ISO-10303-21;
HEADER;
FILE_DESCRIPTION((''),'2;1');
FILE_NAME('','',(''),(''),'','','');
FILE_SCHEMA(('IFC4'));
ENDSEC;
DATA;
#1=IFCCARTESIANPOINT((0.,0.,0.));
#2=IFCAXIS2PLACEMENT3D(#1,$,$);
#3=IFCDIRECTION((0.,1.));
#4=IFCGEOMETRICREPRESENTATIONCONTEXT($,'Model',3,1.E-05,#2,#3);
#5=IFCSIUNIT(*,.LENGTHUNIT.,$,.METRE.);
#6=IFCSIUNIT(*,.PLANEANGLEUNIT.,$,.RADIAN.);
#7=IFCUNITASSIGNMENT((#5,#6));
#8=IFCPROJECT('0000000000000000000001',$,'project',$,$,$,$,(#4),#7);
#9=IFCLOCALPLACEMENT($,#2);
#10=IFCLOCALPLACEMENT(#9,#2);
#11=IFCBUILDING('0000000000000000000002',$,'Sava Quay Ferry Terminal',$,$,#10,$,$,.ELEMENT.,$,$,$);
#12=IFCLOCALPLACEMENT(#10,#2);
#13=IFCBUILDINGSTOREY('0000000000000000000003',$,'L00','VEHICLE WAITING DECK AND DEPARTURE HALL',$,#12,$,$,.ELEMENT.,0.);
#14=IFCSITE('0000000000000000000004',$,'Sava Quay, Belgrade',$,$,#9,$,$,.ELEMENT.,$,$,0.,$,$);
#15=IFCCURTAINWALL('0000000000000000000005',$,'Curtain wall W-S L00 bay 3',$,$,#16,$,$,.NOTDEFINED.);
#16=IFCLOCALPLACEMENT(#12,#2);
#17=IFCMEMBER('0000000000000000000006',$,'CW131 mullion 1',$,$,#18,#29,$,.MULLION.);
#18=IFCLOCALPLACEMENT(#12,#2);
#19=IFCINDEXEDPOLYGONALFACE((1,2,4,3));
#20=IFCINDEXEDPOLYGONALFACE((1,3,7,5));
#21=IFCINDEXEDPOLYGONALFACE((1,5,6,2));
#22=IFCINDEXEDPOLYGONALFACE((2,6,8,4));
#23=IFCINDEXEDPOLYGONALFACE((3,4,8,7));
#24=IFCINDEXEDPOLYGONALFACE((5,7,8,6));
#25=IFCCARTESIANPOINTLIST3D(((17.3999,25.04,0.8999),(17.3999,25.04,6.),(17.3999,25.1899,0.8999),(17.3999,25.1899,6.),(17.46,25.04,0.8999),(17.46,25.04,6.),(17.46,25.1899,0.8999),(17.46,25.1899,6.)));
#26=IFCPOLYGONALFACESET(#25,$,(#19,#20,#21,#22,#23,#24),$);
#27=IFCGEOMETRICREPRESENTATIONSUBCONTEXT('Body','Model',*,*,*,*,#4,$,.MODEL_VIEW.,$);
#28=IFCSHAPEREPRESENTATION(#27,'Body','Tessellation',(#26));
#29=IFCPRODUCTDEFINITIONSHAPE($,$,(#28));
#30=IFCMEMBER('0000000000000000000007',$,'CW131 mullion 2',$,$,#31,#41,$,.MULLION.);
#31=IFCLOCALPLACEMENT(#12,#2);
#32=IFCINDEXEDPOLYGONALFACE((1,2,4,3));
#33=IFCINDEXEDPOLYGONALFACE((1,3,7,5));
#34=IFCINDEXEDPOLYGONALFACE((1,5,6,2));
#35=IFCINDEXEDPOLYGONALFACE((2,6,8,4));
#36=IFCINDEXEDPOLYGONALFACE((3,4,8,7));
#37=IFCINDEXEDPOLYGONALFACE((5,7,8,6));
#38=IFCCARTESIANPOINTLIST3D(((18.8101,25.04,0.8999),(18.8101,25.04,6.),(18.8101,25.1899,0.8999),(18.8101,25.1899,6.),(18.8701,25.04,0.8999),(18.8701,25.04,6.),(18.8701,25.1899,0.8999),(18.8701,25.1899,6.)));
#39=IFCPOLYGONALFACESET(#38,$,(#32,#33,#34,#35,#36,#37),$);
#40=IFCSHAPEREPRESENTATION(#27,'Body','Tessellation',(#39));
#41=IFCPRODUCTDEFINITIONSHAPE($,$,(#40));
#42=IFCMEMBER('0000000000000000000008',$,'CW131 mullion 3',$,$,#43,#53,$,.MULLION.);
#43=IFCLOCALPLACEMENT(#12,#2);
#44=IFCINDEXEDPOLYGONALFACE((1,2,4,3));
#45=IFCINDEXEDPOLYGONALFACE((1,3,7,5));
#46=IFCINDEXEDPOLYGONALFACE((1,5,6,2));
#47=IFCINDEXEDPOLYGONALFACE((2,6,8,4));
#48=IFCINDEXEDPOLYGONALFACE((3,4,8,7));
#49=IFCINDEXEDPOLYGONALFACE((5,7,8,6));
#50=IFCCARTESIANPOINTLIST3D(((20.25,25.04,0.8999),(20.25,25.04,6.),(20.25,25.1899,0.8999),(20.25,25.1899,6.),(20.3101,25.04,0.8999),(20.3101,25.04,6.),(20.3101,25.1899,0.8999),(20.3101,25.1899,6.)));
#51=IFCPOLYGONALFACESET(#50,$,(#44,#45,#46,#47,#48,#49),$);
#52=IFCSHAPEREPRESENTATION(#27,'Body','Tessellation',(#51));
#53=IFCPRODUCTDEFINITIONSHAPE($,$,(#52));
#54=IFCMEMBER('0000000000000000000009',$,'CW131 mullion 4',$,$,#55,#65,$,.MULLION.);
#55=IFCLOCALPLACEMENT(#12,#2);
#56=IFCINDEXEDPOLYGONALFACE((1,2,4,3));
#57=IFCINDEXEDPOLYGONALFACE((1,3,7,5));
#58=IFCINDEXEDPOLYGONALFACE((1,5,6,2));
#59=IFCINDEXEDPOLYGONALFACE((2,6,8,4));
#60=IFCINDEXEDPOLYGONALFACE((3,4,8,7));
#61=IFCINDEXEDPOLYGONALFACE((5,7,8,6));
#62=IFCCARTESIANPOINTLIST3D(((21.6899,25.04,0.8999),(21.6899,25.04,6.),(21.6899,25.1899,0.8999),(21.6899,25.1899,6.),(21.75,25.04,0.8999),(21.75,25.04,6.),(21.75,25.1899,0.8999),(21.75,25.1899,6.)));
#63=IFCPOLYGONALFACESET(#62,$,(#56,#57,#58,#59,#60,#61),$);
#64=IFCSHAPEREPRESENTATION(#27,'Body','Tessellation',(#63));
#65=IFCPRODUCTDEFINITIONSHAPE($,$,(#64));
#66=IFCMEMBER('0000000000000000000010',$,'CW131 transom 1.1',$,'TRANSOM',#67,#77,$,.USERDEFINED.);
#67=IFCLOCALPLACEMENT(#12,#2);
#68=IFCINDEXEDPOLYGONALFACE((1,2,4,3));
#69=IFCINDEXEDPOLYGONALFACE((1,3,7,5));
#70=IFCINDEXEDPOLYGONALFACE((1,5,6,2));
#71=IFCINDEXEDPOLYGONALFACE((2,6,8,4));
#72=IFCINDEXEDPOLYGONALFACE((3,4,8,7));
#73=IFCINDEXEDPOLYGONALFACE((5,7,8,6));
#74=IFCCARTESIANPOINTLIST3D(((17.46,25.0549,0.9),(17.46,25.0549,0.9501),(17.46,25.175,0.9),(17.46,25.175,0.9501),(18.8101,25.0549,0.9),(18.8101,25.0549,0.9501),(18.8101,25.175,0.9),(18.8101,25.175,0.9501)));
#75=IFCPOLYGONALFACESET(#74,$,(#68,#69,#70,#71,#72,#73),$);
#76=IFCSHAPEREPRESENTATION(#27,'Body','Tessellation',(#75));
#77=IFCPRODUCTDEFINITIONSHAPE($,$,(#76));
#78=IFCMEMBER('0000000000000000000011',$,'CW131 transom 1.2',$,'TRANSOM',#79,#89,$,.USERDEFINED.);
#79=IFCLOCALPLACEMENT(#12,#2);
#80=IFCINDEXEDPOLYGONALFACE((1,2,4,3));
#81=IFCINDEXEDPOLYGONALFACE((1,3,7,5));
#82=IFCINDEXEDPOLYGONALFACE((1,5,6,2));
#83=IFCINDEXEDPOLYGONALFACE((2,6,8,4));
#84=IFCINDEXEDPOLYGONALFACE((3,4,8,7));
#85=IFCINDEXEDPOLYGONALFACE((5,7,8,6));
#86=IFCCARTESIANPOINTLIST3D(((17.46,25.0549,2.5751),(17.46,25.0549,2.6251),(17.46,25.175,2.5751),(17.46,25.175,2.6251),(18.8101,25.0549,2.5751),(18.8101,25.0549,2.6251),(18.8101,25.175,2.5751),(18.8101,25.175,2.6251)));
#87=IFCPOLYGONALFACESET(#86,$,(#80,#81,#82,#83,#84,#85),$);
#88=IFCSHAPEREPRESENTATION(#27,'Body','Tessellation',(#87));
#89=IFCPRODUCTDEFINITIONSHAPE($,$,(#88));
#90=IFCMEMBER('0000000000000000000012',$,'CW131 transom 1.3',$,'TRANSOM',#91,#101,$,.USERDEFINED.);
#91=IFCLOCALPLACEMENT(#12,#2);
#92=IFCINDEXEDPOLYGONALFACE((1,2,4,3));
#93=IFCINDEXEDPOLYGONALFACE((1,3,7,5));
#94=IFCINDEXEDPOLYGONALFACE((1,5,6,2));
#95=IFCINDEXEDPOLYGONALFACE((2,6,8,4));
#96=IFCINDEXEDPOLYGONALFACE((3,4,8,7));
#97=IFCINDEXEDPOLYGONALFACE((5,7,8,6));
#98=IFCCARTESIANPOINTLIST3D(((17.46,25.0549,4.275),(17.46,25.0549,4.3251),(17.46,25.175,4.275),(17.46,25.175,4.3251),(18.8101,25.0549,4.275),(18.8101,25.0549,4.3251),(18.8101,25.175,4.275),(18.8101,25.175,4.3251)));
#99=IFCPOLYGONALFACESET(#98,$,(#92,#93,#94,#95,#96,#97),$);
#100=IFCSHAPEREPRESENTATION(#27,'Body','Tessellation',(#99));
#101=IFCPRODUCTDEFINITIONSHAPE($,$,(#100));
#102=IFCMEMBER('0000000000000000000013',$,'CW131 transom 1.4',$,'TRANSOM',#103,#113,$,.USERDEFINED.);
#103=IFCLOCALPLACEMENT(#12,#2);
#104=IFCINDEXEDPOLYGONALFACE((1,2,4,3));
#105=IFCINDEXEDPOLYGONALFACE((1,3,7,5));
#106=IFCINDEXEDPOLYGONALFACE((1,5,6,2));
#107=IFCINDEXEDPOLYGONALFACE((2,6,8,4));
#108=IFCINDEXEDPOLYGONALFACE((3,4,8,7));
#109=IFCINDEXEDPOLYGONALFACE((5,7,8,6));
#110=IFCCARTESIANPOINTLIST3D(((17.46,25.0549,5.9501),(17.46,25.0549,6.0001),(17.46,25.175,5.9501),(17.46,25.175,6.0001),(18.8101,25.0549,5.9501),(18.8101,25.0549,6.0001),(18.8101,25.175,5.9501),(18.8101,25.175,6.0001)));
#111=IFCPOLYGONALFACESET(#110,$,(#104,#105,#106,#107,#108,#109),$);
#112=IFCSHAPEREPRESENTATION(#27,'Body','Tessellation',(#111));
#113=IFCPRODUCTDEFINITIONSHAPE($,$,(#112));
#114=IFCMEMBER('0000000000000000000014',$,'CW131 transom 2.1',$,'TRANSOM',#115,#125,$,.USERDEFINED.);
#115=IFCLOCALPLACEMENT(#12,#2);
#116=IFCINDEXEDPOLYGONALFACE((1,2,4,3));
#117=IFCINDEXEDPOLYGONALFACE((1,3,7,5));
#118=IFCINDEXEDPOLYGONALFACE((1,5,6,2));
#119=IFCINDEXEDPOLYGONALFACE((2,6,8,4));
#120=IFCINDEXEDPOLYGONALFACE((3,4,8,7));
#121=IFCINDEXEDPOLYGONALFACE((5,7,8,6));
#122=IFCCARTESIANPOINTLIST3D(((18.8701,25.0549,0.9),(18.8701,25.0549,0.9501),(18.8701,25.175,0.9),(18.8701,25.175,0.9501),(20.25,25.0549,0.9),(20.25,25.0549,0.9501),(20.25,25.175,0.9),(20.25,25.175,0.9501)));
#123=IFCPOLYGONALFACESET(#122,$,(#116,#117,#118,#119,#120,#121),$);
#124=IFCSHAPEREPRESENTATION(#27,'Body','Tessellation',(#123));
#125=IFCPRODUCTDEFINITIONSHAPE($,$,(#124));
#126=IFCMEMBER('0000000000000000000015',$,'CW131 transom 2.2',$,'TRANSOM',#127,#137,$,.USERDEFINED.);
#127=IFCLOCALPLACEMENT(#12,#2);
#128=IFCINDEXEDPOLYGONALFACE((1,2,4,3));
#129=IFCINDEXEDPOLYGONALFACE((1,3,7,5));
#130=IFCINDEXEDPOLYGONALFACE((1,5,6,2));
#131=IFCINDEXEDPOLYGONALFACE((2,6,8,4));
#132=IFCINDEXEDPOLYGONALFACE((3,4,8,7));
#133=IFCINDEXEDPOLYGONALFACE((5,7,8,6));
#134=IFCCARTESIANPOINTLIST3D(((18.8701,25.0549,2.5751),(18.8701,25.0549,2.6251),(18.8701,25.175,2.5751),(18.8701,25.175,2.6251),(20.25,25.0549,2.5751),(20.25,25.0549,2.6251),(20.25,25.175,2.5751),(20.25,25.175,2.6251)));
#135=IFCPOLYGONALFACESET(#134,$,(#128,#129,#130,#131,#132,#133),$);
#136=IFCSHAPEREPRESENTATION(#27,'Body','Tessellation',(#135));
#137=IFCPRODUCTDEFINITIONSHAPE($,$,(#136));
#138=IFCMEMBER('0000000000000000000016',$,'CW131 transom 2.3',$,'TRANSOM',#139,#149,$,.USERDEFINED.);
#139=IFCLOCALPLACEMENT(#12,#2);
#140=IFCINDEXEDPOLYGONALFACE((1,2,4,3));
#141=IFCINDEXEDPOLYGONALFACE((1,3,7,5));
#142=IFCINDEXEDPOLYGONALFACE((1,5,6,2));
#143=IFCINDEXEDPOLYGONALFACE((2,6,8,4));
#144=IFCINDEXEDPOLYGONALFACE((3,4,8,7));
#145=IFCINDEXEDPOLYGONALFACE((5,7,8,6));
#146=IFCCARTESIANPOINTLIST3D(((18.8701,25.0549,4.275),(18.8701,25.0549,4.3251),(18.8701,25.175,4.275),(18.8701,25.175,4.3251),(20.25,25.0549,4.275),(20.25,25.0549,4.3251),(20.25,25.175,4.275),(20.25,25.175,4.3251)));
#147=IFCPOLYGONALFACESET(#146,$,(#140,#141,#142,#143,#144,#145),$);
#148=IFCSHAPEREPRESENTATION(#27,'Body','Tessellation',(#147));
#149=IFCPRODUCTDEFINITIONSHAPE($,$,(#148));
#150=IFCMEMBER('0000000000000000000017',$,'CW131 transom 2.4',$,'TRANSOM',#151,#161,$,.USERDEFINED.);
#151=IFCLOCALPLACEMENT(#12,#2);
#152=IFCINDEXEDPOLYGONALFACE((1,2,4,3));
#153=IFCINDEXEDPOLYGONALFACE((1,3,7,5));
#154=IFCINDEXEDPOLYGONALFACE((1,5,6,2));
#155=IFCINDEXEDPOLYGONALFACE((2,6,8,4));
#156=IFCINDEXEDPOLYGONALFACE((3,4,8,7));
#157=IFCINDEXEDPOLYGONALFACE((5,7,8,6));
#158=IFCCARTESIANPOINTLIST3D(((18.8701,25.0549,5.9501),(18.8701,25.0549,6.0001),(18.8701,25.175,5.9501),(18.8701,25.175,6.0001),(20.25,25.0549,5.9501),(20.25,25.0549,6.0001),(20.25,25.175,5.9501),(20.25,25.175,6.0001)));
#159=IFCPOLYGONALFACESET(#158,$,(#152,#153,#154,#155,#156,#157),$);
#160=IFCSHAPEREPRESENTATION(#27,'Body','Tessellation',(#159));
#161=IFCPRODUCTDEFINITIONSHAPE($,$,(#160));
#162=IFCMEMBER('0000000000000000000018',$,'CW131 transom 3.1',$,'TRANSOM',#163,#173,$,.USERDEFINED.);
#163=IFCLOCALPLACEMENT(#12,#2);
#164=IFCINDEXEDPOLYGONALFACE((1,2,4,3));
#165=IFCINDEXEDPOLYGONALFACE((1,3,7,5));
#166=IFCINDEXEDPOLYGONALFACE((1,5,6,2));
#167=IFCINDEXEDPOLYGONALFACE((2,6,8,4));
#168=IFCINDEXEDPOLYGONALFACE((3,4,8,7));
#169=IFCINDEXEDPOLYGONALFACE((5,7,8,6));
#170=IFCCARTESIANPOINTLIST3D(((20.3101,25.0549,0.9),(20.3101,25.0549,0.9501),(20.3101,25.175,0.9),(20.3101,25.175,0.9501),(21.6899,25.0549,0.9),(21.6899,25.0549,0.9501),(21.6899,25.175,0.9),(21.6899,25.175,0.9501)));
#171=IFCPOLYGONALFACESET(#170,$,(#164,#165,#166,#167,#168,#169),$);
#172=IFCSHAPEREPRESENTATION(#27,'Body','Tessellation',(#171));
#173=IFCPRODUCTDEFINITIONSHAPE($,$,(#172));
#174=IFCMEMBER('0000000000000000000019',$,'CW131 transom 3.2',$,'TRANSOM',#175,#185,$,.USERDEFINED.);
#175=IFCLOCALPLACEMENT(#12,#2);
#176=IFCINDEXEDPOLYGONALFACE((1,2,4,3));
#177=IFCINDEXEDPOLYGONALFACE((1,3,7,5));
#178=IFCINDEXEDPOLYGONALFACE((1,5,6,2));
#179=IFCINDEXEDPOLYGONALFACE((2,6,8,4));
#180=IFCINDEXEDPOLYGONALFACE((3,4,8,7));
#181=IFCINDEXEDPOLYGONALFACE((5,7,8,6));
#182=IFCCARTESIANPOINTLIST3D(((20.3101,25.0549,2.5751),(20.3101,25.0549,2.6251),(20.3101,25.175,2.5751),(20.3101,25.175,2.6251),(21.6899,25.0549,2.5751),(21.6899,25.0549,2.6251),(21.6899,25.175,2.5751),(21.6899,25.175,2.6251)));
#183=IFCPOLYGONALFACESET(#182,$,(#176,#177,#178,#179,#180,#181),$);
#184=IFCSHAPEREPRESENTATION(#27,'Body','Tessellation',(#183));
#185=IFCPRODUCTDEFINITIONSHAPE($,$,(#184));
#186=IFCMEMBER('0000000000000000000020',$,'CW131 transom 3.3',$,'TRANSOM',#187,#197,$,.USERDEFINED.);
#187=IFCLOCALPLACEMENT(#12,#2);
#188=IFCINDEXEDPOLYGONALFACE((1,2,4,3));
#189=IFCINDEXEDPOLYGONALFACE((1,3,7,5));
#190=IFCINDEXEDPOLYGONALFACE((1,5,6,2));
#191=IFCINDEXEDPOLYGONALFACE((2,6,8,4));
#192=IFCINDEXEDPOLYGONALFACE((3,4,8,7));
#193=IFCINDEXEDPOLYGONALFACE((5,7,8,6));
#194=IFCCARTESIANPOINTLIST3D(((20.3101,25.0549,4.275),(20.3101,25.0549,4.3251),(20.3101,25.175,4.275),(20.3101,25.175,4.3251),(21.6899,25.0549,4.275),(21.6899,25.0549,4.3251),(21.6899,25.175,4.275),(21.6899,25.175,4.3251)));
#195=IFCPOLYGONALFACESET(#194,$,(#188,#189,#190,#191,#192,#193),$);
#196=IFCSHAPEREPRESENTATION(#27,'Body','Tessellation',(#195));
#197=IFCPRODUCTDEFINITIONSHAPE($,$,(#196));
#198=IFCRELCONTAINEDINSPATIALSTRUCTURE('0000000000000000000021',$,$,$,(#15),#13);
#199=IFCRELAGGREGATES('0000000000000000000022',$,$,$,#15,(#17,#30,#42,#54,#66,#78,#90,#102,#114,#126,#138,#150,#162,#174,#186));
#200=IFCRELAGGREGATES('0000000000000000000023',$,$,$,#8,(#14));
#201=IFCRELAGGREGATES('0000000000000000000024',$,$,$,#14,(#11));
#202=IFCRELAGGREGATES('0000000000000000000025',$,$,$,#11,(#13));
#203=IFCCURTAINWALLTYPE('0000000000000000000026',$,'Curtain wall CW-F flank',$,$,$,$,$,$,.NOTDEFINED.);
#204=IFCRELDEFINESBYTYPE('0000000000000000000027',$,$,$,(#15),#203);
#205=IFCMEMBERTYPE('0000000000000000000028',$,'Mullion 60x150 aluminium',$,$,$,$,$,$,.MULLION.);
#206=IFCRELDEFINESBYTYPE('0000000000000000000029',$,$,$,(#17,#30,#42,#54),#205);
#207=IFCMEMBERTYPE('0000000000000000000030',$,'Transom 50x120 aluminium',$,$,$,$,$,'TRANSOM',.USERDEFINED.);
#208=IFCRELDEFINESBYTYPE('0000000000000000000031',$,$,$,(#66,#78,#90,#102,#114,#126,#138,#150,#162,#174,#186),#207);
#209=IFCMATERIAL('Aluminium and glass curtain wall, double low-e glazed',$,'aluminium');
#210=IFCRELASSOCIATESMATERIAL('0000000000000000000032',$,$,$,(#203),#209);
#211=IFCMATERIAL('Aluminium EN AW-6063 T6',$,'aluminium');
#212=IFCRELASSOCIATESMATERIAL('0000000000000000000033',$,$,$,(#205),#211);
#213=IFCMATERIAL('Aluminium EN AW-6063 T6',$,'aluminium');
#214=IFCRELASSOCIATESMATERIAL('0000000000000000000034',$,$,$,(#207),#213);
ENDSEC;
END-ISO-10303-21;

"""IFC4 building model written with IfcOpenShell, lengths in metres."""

from ifc_helpers import new_model, si_unit, direction, frame, origin, origin_2d, place, context, subcontext, project, spatial, rectangle, extrude, material, material_profile, profile_set, type_object, element, aggregate, save


model = new_model("IFC4")

# Units and contexts
model_context = context("Model", 3, precision=1e-05, world=origin(), true_north=direction((0.0, 1.0)))
body_context = subcontext(model_context, "Body", "Model", "MODEL_VIEW")
ifc_project = project(units=[si_unit("LENGTHUNIT", "METRE"), si_unit("PLANEANGLEUNIT", "RADIAN")], contexts=[model_context])

# Site, building, storey
site_placement = place(None, origin())
site = spatial("IfcSite", under=ifc_project, at=site_placement, Name="Sava Quay, Belgrade", CompositionType="ELEMENT", RefElevation=0.0)
building_placement = place(site_placement, origin())
building = spatial("IfcBuilding", under=site, at=building_placement, Name="Sava Quay Ferry Terminal", CompositionType="ELEMENT")
storey_placement = place(building_placement, origin())
storey = spatial("IfcBuildingStorey", under=building, at=storey_placement, Name="L00", Description="VEHICLE WAITING DECK AND DEPARTURE HALL", CompositionType="ELEMENT", Elevation=0.0)

# Curtain wall, members
ifc_material_1 = material(Name="Aluminium and glass curtain wall, double low-e glazed", Category="aluminium")
curtain_wall_type = type_object("IfcCurtainWallType", Name="Curtain wall CW-F flank", PredefinedType="NOTDEFINED", material=ifc_material_1)
curtain_wall_placement = place(storey_placement, origin())
curtain_wall = element("IfcCurtainWall", 1, at=curtain_wall_placement, inside=storey, type_object=curtain_wall_type, Name="Curtain wall W-S L00 bay 3", PredefinedType="NOTDEFINED")
ifc_material_2 = material(Name="Aluminium EN AW-6063 T6", Category="aluminium")
ifc_material_profile_1 = material_profile(ifc_material_2, rectangle(XDim=0.1499, YDim=0.0601, at=origin_2d()), Name="Mullion 60x150 aluminium")
ifc_profile_set_1 = profile_set([ifc_material_profile_1], Name="Aluminium EN AW-6063 T6")
member_type_1 = type_object("IfcMemberType", Name="Mullion 60x150 aluminium", PredefinedType="MULLION", material=ifc_profile_set_1)
member_1_placement = place(storey_placement, frame((17.4299, 25.115, 0.8999), z_axis=(0.0, 0.0, 1.0), x_axis=(0.0, 1.0, 0.0)))
member_1 = element("IfcMember", 2, at=member_1_placement, type_object=member_type_1, Name="CW131 mullion 1", PredefinedType="MULLION", context=body_context, shape_type="SweptSolid", body=[
    extrude(rectangle(XDim=0.1499, YDim=0.0601, at=origin_2d()), origin(), (0.0, 0.0, 1.0), 5.1001),
])
member_2_placement = place(storey_placement, frame((18.8401, 25.115, 0.8999), z_axis=(0.0, 0.0, 1.0), x_axis=(0.0, 1.0, 0.0)))
member_2 = element("IfcMember", 3, at=member_2_placement, type_object=member_type_1, Name="CW131 mullion 2", PredefinedType="MULLION", context=body_context, shape_type="SweptSolid", body=[
    extrude(rectangle(XDim=0.1499, YDim=0.0601, at=origin_2d()), origin(), (0.0, 0.0, 1.0), 5.1001),
])
member_3_placement = place(storey_placement, frame((20.28, 25.115, 0.8999), z_axis=(0.0, 0.0, 1.0), x_axis=(0.0, 1.0, 0.0)))
member_3 = element("IfcMember", 4, at=member_3_placement, type_object=member_type_1, Name="CW131 mullion 3", PredefinedType="MULLION", context=body_context, shape_type="SweptSolid", body=[
    extrude(rectangle(XDim=0.1499, YDim=0.0601, at=origin_2d()), origin(), (0.0, 0.0, 1.0), 5.1001),
])
member_4_placement = place(storey_placement, frame((21.72, 25.115, 0.8999), z_axis=(0.0, 0.0, 1.0), x_axis=(0.0, 1.0, 0.0)))
member_4 = element("IfcMember", 5, at=member_4_placement, type_object=member_type_1, Name="CW131 mullion 4", PredefinedType="MULLION", context=body_context, shape_type="SweptSolid", body=[
    extrude(rectangle(XDim=0.1499, YDim=0.0601, at=origin_2d()), origin(), (0.0, 0.0, 1.0), 5.1001),
])
ifc_material_3 = material(Name="Aluminium EN AW-6063 T6", Category="aluminium")
ifc_material_profile_2 = material_profile(ifc_material_3, rectangle(XDim=0.1201, YDim=0.05, at=origin_2d()), Name="Transom 50x120 aluminium")
ifc_profile_set_2 = profile_set([ifc_material_profile_2], Name="Aluminium EN AW-6063 T6")
member_type_2 = type_object("IfcMemberType", Name="Transom 50x120 aluminium", ElementType="TRANSOM", PredefinedType="USERDEFINED", material=ifc_profile_set_2)
member_5_placement = place(storey_placement, frame((17.46, 25.115, 0.925), z_axis=(1.0, 0.0, 0.0), x_axis=(0.0, 1.0, 0.0)))
member_5 = element("IfcMember", 6, at=member_5_placement, type_object=member_type_2, Name="CW131 transom 1.1", ObjectType="TRANSOM", PredefinedType="USERDEFINED", context=body_context, shape_type="SweptSolid", body=[
    extrude(rectangle(XDim=0.1201, YDim=0.05, at=origin_2d()), origin(), (0.0, 0.0, 1.0), 1.3501),
])
member_6_placement = place(storey_placement, frame((17.46, 25.115, 2.6001), z_axis=(1.0, 0.0, 0.0), x_axis=(0.0, 1.0, 0.0)))
member_6 = element("IfcMember", 7, at=member_6_placement, type_object=member_type_2, Name="CW131 transom 1.2", ObjectType="TRANSOM", PredefinedType="USERDEFINED", context=body_context, shape_type="SweptSolid", body=[
    extrude(rectangle(XDim=0.1201, YDim=0.05, at=origin_2d()), origin(), (0.0, 0.0, 1.0), 1.3501),
])
member_7_placement = place(storey_placement, frame((17.46, 25.115, 4.3), z_axis=(1.0, 0.0, 0.0), x_axis=(0.0, 1.0, 0.0)))
member_7 = element("IfcMember", 8, at=member_7_placement, type_object=member_type_2, Name="CW131 transom 1.3", ObjectType="TRANSOM", PredefinedType="USERDEFINED", context=body_context, shape_type="SweptSolid", body=[
    extrude(rectangle(XDim=0.1201, YDim=0.05, at=origin_2d()), origin(), (0.0, 0.0, 1.0), 1.3501),
])
member_8_placement = place(storey_placement, frame((17.46, 25.115, 5.9751), z_axis=(1.0, 0.0, 0.0), x_axis=(0.0, 1.0, 0.0)))
member_8 = element("IfcMember", 9, at=member_8_placement, type_object=member_type_2, Name="CW131 transom 1.4", ObjectType="TRANSOM", PredefinedType="USERDEFINED", context=body_context, shape_type="SweptSolid", body=[
    extrude(rectangle(XDim=0.1201, YDim=0.05, at=origin_2d()), origin(), (0.0, 0.0, 1.0), 1.3501),
])
member_9_placement = place(storey_placement, frame((18.8701, 25.115, 0.925), z_axis=(1.0, 0.0, 0.0), x_axis=(0.0, 1.0, 0.0)))
member_9 = element("IfcMember", 10, at=member_9_placement, type_object=member_type_2, Name="CW131 transom 2.1", ObjectType="TRANSOM", PredefinedType="USERDEFINED", context=body_context, shape_type="SweptSolid", body=[
    extrude(rectangle(XDim=0.1201, YDim=0.05, at=origin_2d()), origin(), (0.0, 0.0, 1.0), 1.3799),
])
member_10_placement = place(storey_placement, frame((18.8701, 25.115, 2.6001), z_axis=(1.0, 0.0, 0.0), x_axis=(0.0, 1.0, 0.0)))
member_10 = element("IfcMember", 11, at=member_10_placement, type_object=member_type_2, Name="CW131 transom 2.2", ObjectType="TRANSOM", PredefinedType="USERDEFINED", context=body_context, shape_type="SweptSolid", body=[
    extrude(rectangle(XDim=0.1201, YDim=0.05, at=origin_2d()), origin(), (0.0, 0.0, 1.0), 1.3799),
])
member_11_placement = place(storey_placement, frame((18.8701, 25.115, 4.3), z_axis=(1.0, 0.0, 0.0), x_axis=(0.0, 1.0, 0.0)))
member_11 = element("IfcMember", 12, at=member_11_placement, type_object=member_type_2, Name="CW131 transom 2.3", ObjectType="TRANSOM", PredefinedType="USERDEFINED", context=body_context, shape_type="SweptSolid", body=[
    extrude(rectangle(XDim=0.1201, YDim=0.05, at=origin_2d()), origin(), (0.0, 0.0, 1.0), 1.3799),
])
member_12_placement = place(storey_placement, frame((18.8701, 25.115, 5.9751), z_axis=(1.0, 0.0, 0.0), x_axis=(0.0, 1.0, 0.0)))
member_12 = element("IfcMember", 13, at=member_12_placement, type_object=member_type_2, Name="CW131 transom 2.4", ObjectType="TRANSOM", PredefinedType="USERDEFINED", context=body_context, shape_type="SweptSolid", body=[
    extrude(rectangle(XDim=0.1201, YDim=0.05, at=origin_2d()), origin(), (0.0, 0.0, 1.0), 1.3799),
])
member_13_placement = place(storey_placement, frame((20.3101, 25.115, 0.925), z_axis=(1.0, 0.0, 0.0), x_axis=(0.0, 1.0, 0.0)))
member_13 = element("IfcMember", 14, at=member_13_placement, type_object=member_type_2, Name="CW131 transom 3.1", ObjectType="TRANSOM", PredefinedType="USERDEFINED", context=body_context, shape_type="SweptSolid", body=[
    extrude(rectangle(XDim=0.1201, YDim=0.05, at=origin_2d()), origin(), (0.0, 0.0, 1.0), 1.3799),
])
member_14_placement = place(storey_placement, frame((20.3101, 25.115, 2.6001), z_axis=(1.0, 0.0, 0.0), x_axis=(0.0, 1.0, 0.0)))
member_14 = element("IfcMember", 15, at=member_14_placement, type_object=member_type_2, Name="CW131 transom 3.2", ObjectType="TRANSOM", PredefinedType="USERDEFINED", context=body_context, shape_type="SweptSolid", body=[
    extrude(rectangle(XDim=0.1201, YDim=0.05, at=origin_2d()), origin(), (0.0, 0.0, 1.0), 1.3799),
])
member_15_placement = place(storey_placement, frame((20.3101, 25.115, 4.3), z_axis=(1.0, 0.0, 0.0), x_axis=(0.0, 1.0, 0.0)))
member_15 = element("IfcMember", 16, at=member_15_placement, type_object=member_type_2, Name="CW131 transom 3.3", ObjectType="TRANSOM", PredefinedType="USERDEFINED", context=body_context, shape_type="SweptSolid", body=[
    extrude(rectangle(XDim=0.1201, YDim=0.05, at=origin_2d()), origin(), (0.0, 0.0, 1.0), 1.3799),
])
aggregate(curtain_wall, [member_1, member_2, member_3, member_4, member_5, member_6, member_7, member_8, member_9, member_10, member_11, member_12, member_13, member_14, member_15])

save(model, "model.ifc")
